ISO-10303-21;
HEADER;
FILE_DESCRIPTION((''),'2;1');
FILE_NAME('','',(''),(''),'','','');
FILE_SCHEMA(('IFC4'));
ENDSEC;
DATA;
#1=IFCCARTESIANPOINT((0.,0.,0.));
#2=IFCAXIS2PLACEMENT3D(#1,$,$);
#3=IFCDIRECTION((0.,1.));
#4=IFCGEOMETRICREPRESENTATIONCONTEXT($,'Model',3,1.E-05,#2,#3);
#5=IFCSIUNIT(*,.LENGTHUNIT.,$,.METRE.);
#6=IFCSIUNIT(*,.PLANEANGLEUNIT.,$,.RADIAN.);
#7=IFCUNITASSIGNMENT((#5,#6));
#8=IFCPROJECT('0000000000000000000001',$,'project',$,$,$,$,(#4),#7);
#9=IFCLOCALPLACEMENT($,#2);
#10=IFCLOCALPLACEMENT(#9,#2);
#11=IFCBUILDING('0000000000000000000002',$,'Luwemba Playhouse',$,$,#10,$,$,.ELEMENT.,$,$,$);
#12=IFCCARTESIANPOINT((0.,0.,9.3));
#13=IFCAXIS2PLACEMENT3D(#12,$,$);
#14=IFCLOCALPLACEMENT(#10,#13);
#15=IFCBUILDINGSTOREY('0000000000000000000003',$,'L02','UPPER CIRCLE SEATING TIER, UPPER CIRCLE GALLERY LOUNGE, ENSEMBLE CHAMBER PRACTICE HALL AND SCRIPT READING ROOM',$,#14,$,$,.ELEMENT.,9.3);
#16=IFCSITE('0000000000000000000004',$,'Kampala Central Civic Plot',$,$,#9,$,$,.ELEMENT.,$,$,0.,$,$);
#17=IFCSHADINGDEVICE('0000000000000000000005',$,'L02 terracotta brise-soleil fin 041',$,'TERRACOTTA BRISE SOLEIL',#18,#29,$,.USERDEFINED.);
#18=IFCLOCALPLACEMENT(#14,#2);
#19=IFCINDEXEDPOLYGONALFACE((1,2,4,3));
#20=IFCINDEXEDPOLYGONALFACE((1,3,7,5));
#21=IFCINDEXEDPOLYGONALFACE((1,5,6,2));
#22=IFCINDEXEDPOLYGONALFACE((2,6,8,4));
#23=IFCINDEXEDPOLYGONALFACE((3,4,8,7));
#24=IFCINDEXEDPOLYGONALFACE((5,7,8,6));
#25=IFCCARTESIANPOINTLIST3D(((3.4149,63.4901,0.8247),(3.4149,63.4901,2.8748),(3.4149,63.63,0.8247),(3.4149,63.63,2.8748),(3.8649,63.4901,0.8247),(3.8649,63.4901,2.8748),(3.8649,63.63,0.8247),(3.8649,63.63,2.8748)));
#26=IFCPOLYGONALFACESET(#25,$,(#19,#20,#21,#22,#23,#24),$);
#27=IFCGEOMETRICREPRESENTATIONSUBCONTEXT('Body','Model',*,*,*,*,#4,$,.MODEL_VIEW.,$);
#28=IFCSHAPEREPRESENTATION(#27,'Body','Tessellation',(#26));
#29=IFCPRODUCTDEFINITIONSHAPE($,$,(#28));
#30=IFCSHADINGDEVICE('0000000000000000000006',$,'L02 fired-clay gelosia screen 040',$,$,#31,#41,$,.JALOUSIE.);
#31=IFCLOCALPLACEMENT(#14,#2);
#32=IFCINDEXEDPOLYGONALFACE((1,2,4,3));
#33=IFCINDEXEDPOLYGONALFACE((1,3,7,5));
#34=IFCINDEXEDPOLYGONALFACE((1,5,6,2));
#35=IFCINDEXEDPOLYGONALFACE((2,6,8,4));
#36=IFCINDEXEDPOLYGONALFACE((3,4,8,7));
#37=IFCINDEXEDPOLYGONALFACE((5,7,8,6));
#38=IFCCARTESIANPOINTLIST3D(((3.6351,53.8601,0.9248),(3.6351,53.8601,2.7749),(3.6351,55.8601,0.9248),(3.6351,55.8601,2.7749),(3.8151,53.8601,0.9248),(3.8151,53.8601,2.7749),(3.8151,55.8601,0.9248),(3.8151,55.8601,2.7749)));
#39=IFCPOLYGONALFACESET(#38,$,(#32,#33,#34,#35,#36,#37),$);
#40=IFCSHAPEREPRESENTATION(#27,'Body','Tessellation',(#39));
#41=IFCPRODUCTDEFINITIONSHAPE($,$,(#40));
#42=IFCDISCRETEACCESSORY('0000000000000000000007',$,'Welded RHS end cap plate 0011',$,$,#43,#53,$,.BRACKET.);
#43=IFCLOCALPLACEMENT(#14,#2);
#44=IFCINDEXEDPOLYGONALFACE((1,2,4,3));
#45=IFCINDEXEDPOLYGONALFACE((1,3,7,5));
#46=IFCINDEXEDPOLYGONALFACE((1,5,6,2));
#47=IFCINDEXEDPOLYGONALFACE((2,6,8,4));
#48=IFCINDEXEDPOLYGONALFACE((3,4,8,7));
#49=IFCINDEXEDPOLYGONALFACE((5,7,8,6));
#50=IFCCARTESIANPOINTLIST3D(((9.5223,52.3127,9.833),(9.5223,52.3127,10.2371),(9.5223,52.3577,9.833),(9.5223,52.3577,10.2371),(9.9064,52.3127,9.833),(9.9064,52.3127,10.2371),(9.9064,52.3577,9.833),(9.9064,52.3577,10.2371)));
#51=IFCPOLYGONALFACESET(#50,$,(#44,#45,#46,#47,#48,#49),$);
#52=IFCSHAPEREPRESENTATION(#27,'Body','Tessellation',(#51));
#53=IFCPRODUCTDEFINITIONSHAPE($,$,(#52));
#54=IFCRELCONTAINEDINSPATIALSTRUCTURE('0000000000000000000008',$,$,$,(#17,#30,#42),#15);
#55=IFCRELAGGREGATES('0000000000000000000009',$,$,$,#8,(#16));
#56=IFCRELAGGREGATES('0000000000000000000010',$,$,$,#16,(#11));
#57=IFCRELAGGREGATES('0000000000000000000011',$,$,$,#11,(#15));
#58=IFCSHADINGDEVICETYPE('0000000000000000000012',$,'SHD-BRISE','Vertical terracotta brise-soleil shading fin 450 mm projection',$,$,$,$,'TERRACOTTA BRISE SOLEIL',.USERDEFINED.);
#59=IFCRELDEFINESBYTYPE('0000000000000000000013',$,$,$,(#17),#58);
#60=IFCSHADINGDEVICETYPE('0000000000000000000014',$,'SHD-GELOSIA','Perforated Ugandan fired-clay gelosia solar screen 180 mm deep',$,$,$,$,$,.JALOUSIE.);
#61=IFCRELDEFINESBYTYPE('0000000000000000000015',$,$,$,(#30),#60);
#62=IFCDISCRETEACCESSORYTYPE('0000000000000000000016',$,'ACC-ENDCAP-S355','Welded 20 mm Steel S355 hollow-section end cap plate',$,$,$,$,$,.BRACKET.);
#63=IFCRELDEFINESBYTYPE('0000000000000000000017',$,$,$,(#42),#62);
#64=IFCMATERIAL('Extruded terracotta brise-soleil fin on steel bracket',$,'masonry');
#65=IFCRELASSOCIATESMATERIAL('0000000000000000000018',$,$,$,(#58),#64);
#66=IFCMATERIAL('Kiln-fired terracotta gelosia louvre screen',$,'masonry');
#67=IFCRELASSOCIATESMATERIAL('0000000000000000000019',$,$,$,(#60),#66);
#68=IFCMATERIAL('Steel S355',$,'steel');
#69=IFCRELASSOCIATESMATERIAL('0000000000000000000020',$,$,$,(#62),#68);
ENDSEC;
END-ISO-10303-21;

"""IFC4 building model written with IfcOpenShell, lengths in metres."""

from ifc_helpers import new_model, si_unit, direction, frame, origin, origin_2d, place, context, subcontext, project, spatial, rectangle, extrude, material, type_object, element, save


model = new_model("IFC4")

# Units and contexts
model_context = context("Model", 3, precision=1e-05, world=origin(), true_north=direction((0.0, 1.0)))
body_context = subcontext(model_context, "Body", "Model", "MODEL_VIEW")
ifc_project = project(units=[si_unit("LENGTHUNIT", "METRE"), si_unit("PLANEANGLEUNIT", "RADIAN")], contexts=[model_context])

# Site, building, storey
site_placement = place(None, origin())
site = spatial("IfcSite", under=ifc_project, at=site_placement, Name="Kampala Central Civic Plot", CompositionType="ELEMENT", RefElevation=0.0)
building_placement = place(site_placement, origin())
building = spatial("IfcBuilding", under=site, at=building_placement, Name="Luwemba Playhouse", CompositionType="ELEMENT")
storey_placement = place(building_placement, frame((0.0, 0.0, 9.3)))
storey = spatial("IfcBuildingStorey", under=building, at=storey_placement, Name="L02", Description="UPPER CIRCLE SEATING TIER, UPPER CIRCLE GALLERY LOUNGE, ENSEMBLE CHAMBER PRACTICE HALL AND SCRIPT READING ROOM", CompositionType="ELEMENT", Elevation=9.3)

# Shared definitions
ifc_material_1 = material(Name="Steel S355", Category="steel")

# Shading devices
ifc_material_2 = material(Name="Extruded terracotta brise-soleil fin on steel bracket", Category="masonry")
shading_device_type_1 = type_object("IfcShadingDeviceType", Name="SHD-BRISE", Description="Vertical terracotta brise-soleil shading fin 450 mm projection", ElementType="TERRACOTTA BRISE SOLEIL", PredefinedType="USERDEFINED", material=ifc_material_2)
shading_device_1_placement = place(storey_placement, frame((3.6399, 63.5601, 0.8247), z_axis=(0.0, 0.0, 1.0), x_axis=(0.0, 1.0, 0.0)))
element("IfcShadingDevice", 1, at=shading_device_1_placement, inside=storey, type_object=shading_device_type_1, Name="L02 terracotta brise-soleil fin 041", ObjectType="TERRACOTTA BRISE SOLEIL", PredefinedType="USERDEFINED", context=body_context, shape_type="SweptSolid", body=[
    extrude(rectangle(XDim=0.1399, YDim=0.45, at=origin_2d()), origin(), (0.0, 0.0, 1.0), 2.05),
])
ifc_material_3 = material(Name="Kiln-fired terracotta gelosia louvre screen", Category="masonry")
shading_device_type_2 = type_object("IfcShadingDeviceType", Name="SHD-GELOSIA", Description="Perforated Ugandan fired-clay gelosia solar screen 180 mm deep", PredefinedType="JALOUSIE", material=ifc_material_3)
shading_device_2_placement = place(storey_placement, frame((3.7251, 54.8601, 0.9248), z_axis=(0.0, 0.0, 1.0), x_axis=(0.0, 1.0, 0.0)))
element("IfcShadingDevice", 2, at=shading_device_2_placement, inside=storey, type_object=shading_device_type_2, Name="L02 fired-clay gelosia screen 040", PredefinedType="JALOUSIE", context=body_context, shape_type="SweptSolid", body=[
    extrude(rectangle(XDim=2.0, YDim=0.1799, at=origin_2d()), origin(), (0.0, 0.0, 1.0), 1.8501),
])

# Discrete accessory
discrete_accessory_type = type_object("IfcDiscreteAccessoryType", Name="ACC-ENDCAP-S355", Description="Welded 20 mm Steel S355 hollow-section end cap plate", PredefinedType="BRACKET", material=ifc_material_1)
discrete_accessory_placement = place(storey_placement, frame((9.7144, 52.3352, 9.833), z_axis=(0.0, 0.0, 1.0), x_axis=(1.0, 0.0, 0.0)))
element("IfcDiscreteAccessory", 3, at=discrete_accessory_placement, inside=storey, type_object=discrete_accessory_type, Name="Welded RHS end cap plate 0011", PredefinedType="BRACKET", context=body_context, shape_type="SweptSolid", body=[
    extrude(rectangle(XDim=0.384, YDim=0.0449, at=origin_2d()), origin(), (0.0, 0.0, 1.0), 0.4041),
])

save(model, "model.ifc")
